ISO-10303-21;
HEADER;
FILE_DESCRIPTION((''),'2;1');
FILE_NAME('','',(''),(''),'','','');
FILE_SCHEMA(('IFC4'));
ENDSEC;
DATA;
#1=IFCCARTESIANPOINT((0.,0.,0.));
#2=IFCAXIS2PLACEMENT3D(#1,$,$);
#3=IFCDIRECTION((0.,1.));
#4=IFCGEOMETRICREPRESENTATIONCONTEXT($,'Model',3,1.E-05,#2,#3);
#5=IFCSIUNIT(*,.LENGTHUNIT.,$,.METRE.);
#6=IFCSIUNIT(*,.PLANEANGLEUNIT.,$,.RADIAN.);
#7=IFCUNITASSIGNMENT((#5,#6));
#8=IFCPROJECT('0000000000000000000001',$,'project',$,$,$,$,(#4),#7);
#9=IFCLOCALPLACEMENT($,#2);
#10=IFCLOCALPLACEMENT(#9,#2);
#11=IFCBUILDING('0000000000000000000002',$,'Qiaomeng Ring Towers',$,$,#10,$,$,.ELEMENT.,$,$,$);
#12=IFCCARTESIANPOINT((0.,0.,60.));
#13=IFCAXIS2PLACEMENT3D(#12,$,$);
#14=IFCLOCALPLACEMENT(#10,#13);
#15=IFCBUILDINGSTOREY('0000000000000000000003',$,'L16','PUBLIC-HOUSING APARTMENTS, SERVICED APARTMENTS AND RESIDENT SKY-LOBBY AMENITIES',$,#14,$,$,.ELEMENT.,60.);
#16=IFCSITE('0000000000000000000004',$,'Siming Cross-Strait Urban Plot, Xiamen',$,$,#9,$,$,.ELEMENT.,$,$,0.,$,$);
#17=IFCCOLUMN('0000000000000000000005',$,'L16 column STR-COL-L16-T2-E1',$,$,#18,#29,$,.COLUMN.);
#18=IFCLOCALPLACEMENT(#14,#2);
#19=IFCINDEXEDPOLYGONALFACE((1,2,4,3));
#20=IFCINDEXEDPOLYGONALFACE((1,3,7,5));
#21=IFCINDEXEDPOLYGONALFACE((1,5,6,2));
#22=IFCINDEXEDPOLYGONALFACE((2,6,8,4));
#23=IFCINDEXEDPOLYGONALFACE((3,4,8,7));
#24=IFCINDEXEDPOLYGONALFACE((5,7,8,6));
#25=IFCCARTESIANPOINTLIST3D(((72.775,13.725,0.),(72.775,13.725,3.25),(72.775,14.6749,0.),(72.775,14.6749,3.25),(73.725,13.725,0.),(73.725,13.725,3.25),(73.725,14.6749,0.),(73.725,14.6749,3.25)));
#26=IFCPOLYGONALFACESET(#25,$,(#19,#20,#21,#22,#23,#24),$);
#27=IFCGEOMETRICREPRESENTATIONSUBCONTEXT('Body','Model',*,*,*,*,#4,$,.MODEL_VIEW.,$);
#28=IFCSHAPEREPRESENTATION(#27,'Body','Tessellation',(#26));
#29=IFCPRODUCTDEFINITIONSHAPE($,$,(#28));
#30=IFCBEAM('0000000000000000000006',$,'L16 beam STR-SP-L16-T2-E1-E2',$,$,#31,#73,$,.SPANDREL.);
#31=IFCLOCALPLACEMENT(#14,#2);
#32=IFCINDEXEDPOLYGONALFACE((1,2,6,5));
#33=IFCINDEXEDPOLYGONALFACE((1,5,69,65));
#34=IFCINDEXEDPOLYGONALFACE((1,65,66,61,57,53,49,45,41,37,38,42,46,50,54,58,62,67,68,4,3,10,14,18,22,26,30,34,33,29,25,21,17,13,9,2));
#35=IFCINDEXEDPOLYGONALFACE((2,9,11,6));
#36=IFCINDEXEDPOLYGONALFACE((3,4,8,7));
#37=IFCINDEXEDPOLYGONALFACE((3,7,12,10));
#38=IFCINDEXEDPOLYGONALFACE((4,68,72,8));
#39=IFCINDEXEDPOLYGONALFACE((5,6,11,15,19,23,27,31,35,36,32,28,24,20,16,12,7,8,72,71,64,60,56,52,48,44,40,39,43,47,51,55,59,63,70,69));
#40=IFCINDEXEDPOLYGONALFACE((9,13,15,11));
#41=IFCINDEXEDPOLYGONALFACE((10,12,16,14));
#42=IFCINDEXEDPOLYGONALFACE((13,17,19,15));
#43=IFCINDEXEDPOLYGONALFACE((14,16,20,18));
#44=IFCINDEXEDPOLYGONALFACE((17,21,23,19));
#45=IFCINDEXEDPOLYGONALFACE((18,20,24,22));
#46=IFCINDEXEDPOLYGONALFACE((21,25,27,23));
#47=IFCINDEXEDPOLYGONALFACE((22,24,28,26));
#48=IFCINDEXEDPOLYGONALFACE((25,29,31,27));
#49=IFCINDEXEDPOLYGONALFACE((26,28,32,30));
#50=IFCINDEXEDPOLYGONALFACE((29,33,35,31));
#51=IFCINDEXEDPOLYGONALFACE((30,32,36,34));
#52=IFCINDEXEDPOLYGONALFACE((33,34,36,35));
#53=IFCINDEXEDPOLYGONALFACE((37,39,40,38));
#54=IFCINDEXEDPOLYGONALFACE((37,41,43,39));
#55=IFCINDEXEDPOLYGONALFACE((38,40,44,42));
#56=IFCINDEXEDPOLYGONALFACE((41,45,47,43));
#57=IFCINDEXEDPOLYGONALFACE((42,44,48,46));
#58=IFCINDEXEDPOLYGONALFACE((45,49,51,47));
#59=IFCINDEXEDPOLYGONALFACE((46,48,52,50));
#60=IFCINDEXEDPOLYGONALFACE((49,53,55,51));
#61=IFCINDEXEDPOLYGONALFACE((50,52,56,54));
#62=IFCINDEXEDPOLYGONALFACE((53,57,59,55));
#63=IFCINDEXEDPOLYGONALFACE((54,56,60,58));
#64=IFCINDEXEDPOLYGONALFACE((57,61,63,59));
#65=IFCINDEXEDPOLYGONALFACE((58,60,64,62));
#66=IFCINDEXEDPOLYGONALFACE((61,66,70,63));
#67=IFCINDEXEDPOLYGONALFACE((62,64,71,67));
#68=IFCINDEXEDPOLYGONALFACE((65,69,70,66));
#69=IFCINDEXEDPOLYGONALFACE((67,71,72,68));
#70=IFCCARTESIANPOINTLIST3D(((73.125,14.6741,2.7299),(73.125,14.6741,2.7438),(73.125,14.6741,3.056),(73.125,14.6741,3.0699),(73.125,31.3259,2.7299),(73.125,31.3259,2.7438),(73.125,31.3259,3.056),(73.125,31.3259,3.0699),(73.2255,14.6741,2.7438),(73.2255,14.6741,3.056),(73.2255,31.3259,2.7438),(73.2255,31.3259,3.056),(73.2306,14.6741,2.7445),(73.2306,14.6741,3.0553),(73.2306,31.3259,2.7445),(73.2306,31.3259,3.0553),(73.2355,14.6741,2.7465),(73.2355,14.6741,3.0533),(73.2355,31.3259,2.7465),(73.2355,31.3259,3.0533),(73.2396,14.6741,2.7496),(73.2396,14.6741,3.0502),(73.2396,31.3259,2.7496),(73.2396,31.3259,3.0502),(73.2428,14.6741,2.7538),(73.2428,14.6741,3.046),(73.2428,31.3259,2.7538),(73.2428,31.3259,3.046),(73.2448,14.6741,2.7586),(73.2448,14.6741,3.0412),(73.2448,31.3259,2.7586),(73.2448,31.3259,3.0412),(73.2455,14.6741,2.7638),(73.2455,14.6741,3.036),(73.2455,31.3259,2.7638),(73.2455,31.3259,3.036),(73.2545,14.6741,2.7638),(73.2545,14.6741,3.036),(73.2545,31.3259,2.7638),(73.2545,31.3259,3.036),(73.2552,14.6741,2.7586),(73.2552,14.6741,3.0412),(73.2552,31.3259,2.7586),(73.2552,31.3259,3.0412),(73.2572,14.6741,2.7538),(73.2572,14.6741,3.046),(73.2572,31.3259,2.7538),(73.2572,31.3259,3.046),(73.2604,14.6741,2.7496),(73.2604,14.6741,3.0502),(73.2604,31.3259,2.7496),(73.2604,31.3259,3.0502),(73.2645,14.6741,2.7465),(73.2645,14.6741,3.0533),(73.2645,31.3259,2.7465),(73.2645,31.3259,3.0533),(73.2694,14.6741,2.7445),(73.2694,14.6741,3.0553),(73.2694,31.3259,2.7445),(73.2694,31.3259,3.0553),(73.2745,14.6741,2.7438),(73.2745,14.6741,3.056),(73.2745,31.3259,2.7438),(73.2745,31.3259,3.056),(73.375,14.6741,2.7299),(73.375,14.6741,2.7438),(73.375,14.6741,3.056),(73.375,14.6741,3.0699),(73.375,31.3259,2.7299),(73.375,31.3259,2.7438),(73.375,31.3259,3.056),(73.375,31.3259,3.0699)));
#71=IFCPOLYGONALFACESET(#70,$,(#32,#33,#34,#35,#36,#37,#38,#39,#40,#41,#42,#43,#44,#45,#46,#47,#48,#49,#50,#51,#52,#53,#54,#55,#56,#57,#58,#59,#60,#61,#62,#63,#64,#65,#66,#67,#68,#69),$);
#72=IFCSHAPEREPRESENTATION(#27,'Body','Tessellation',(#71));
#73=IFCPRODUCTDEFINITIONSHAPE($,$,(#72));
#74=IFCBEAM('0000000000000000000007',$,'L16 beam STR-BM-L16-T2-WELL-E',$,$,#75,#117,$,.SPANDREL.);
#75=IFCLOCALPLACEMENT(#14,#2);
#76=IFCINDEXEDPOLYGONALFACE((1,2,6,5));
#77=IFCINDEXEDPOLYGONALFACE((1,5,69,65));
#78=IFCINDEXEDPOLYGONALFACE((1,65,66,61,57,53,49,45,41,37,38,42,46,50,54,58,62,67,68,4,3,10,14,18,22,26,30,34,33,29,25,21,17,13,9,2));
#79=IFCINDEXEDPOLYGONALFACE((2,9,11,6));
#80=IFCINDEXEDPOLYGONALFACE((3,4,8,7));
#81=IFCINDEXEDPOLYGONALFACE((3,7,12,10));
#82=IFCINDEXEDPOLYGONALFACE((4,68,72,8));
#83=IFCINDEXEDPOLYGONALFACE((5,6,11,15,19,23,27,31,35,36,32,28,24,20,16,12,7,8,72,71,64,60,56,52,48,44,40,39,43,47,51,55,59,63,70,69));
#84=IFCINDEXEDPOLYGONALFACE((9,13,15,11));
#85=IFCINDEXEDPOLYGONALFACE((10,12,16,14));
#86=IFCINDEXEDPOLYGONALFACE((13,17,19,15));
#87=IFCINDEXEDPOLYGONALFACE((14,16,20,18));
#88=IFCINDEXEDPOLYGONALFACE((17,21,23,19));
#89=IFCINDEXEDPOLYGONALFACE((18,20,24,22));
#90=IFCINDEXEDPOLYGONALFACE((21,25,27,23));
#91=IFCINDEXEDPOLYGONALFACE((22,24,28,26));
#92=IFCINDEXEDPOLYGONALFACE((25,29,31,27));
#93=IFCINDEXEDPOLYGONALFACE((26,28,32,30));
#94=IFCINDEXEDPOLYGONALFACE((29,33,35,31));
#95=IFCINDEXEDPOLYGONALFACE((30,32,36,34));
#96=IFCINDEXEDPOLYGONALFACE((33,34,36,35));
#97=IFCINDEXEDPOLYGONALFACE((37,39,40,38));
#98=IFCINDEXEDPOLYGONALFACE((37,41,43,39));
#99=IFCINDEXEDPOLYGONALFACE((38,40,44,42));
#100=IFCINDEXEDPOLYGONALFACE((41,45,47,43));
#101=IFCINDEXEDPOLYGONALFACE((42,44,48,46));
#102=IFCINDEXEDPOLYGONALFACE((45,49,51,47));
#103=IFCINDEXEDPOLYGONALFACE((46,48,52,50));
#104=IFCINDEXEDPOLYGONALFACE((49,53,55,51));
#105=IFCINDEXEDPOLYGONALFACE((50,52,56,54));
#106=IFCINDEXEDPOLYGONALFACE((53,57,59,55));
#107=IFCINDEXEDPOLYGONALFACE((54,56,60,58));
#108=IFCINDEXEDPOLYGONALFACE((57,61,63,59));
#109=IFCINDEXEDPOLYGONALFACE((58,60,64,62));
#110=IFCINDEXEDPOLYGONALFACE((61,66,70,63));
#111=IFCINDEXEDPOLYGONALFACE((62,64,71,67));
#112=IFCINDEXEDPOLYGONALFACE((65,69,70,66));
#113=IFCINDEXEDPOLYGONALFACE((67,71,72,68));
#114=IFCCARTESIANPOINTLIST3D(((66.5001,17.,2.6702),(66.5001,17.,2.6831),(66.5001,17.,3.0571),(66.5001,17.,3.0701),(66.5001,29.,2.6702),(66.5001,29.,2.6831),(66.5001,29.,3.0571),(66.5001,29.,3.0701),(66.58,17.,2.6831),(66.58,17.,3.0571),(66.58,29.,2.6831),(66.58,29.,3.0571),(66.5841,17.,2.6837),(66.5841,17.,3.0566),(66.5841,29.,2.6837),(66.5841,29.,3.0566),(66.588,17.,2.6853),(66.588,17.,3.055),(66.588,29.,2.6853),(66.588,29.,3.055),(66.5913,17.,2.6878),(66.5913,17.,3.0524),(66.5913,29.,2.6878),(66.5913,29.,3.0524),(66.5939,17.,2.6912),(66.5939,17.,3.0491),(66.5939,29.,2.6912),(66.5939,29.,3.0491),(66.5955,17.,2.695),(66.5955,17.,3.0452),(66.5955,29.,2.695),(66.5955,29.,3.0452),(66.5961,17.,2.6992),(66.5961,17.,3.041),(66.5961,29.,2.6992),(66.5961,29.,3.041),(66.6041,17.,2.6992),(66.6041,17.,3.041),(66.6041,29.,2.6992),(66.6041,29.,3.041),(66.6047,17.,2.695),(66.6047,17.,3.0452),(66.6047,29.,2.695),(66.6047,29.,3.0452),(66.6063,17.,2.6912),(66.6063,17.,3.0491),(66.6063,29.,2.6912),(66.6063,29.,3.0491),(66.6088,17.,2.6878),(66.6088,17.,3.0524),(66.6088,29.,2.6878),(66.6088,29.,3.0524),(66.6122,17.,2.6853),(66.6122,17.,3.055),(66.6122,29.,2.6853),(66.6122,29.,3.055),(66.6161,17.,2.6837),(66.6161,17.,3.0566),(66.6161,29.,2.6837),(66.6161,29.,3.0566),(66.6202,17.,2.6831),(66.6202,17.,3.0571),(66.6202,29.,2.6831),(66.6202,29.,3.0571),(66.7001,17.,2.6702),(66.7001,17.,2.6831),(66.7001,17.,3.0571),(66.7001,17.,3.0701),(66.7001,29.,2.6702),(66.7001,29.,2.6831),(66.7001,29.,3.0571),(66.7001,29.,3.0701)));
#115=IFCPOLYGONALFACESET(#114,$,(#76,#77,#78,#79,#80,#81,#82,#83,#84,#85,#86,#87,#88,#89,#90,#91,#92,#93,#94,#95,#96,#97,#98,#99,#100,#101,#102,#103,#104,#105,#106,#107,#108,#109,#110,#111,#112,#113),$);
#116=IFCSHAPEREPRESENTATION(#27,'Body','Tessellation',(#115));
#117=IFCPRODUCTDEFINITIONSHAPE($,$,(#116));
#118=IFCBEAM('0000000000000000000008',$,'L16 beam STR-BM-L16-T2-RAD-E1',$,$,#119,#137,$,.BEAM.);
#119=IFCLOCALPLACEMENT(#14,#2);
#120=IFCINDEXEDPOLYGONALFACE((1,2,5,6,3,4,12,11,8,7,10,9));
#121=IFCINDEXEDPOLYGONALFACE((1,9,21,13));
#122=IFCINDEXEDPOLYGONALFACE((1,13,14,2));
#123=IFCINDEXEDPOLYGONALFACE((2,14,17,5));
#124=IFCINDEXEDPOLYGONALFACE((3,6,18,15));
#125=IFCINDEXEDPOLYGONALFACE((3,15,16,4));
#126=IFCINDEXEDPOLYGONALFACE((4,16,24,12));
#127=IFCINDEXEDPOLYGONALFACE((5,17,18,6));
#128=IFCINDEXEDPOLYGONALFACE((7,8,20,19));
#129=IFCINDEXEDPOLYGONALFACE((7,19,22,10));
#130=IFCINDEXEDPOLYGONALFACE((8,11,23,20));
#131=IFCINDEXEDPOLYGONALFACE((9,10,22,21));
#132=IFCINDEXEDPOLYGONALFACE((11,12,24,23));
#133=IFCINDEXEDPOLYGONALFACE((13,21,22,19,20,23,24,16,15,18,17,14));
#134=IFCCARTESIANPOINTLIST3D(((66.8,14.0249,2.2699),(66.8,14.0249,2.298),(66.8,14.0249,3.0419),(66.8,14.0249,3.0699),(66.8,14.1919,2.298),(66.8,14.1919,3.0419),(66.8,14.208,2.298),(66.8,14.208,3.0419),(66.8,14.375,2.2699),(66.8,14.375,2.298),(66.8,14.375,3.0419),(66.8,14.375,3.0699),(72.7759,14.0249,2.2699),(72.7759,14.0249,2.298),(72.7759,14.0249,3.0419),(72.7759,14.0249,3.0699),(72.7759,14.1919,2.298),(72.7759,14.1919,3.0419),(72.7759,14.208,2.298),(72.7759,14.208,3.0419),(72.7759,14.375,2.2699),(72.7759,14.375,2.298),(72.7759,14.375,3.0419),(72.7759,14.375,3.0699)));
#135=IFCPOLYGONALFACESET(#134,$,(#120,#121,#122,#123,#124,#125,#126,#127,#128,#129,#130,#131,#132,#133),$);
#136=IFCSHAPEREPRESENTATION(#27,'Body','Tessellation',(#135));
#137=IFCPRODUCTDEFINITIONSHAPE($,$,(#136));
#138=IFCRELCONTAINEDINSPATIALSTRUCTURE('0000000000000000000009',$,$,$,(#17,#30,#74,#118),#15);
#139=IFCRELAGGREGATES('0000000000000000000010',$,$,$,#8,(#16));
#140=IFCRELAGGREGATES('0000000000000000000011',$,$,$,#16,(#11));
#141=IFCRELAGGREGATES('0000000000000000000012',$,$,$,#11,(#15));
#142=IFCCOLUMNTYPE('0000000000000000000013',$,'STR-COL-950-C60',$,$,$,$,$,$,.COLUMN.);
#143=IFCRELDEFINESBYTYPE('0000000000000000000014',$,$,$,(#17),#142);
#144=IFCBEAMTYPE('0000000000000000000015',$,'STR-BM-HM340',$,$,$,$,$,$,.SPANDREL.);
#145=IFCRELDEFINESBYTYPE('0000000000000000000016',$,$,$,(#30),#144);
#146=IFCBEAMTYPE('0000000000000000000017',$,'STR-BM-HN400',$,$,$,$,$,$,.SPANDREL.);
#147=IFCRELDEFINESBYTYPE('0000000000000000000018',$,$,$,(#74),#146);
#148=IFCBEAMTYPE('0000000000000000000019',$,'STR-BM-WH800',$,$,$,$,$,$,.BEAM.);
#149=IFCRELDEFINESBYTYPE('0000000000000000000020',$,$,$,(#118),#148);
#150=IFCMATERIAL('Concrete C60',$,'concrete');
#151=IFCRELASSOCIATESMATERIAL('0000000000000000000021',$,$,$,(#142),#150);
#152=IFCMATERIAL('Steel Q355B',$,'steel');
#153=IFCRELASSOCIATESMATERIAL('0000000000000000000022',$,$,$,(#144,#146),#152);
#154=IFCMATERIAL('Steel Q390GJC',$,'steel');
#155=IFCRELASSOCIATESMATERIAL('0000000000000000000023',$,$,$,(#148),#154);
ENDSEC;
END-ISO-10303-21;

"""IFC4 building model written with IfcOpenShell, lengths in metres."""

from ifc_helpers import new_model, si_unit, direction, frame, origin, origin_2d, place, context, subcontext, project, spatial, rectangle, i_section, extrude, source, transform, mapped, material, material_profile, profile_set, type_object, element, save


model = new_model("IFC4")

# Units and contexts
model_context = context("Model", 3, precision=1e-05, world=origin(), true_north=direction((0.0, 1.0)))
body_context = subcontext(model_context, "Body", "Model", "MODEL_VIEW")
ifc_project = project(units=[si_unit("LENGTHUNIT", "METRE"), si_unit("PLANEANGLEUNIT", "RADIAN")], contexts=[model_context])

# Site, building, storey
site_placement = place(None, origin())
site = spatial("IfcSite", under=ifc_project, at=site_placement, Name="Siming Cross-Strait Urban Plot, Xiamen", CompositionType="ELEMENT", RefElevation=0.0)
building_placement = place(site_placement, origin())
building = spatial("IfcBuilding", under=site, at=building_placement, Name="Qiaomeng Ring Towers", CompositionType="ELEMENT")
storey_placement = place(building_placement, frame((0.0, 0.0, 60.0)))
storey = spatial("IfcBuildingStorey", under=building, at=storey_placement, Name="L16", Description="PUBLIC-HOUSING APARTMENTS, SERVICED APARTMENTS AND RESIDENT SKY-LOBBY AMENITIES", CompositionType="ELEMENT", Elevation=60.0)

# Column
ifc_material_1 = material(Name="Concrete C60", Category="concrete")
ifc_material_profile_1 = material_profile(ifc_material_1, rectangle(XDim=0.95, YDim=0.95, at=origin_2d()), Name="RC COL 950x950")
ifc_profile_set_1 = profile_set([ifc_material_profile_1], Name="Concrete C60")
column_type = type_object("IfcColumnType", Name="STR-COL-950-C60", PredefinedType="COLUMN", material=ifc_profile_set_1)
shared_shape_1 = source(origin(), body_context, "Body", "SweptSolid", [
    extrude(rectangle(XDim=0.95, YDim=0.95, at=origin_2d()), origin(), (0.0, 0.0, 1.0), 3.25),
])
column_placement = place(storey_placement, frame((73.25, 14.2, 0.0), z_axis=(0.0, 0.0, 1.0), x_axis=(1.0, 0.0, 0.0)))
element("IfcColumn", 1, at=column_placement, inside=storey, type_object=column_type, Name="L16 column STR-COL-L16-T2-E1", PredefinedType="COLUMN", context=body_context, shape_type="MappedRepresentation", body=[
    mapped(shared_shape_1, transform((0.0, 0.0, 0.0), x_axis=(1.0, 0.0, 0.0), y_axis=(0.0, 1.0, 0.0), z_axis=(0.0, 0.0, 1.0), scale=1.0)),
])

# Beams
ifc_material_2 = material(Name="Steel Q355B", Category="steel")
ifc_material_profile_2 = material_profile(ifc_material_2, i_section(OverallWidth=0.25, OverallDepth=0.3401, WebThickness=0.009, FlangeThickness=0.0139, FilletRadius=0.02, at=origin_2d()), Name="HM 340x250x9x14")
ifc_profile_set_2 = profile_set([ifc_material_profile_2], Name="Steel Q355B")
beam_type_1 = type_object("IfcBeamType", Name="STR-BM-HM340", PredefinedType="SPANDREL", material=ifc_profile_set_2)
shared_shape_2 = source(origin(), body_context, "Body", "SweptSolid", [
    extrude(i_section(OverallWidth=0.25, OverallDepth=0.3401, WebThickness=0.009, FlangeThickness=0.0139, FilletRadius=0.02, at=origin_2d()), origin(), (0.0, 0.0, 1.0), 16.6519),
])
beam_1_placement = place(storey_placement, frame((73.25, 14.6741, 2.8999), z_axis=(0.0, 1.0, 0.0), x_axis=(-1.0, 0.0, 0.0)))
element("IfcBeam", 2, at=beam_1_placement, inside=storey, type_object=beam_type_1, Name="L16 beam STR-SP-L16-T2-E1-E2", PredefinedType="SPANDREL", context=body_context, shape_type="MappedRepresentation", body=[
    mapped(shared_shape_2, transform((0.0, 0.0, 0.0), x_axis=(1.0, 0.0, 0.0), y_axis=(0.0, 1.0, 0.0), z_axis=(0.0, 0.0, 1.0), scale=1.0)),
])
ifc_material_profile_3 = material_profile(ifc_material_2, i_section(OverallWidth=0.2, OverallDepth=0.3999, WebThickness=0.0081, FlangeThickness=0.0129, FilletRadius=0.0161, at=origin_2d()), Name="HN 400x200x8x13")
ifc_profile_set_3 = profile_set([ifc_material_profile_3], Name="Steel Q355B")
beam_type_2 = type_object("IfcBeamType", Name="STR-BM-HN400", PredefinedType="SPANDREL", material=ifc_profile_set_3)
shared_shape_3 = source(origin(), body_context, "Body", "SweptSolid", [
    extrude(i_section(OverallWidth=0.2, OverallDepth=0.3999, WebThickness=0.0081, FlangeThickness=0.0129, FilletRadius=0.0161, at=origin_2d()), origin(), (0.0, 0.0, 1.0), 12.0),
])
beam_2_placement = place(storey_placement, frame((66.6001, 17.0, 2.8701), z_axis=(0.0, 1.0, 0.0), x_axis=(-1.0, 0.0, 0.0)))
element("IfcBeam", 3, at=beam_2_placement, inside=storey, type_object=beam_type_2, Name="L16 beam STR-BM-L16-T2-WELL-E", PredefinedType="SPANDREL", context=body_context, shape_type="MappedRepresentation", body=[
    mapped(shared_shape_3, transform((0.0, 0.0, 0.0), x_axis=(1.0, 0.0, 0.0), y_axis=(0.0, 1.0, 0.0), z_axis=(0.0, 0.0, 1.0), scale=1.0)),
])
ifc_material_3 = material(Name="Steel Q390GJC", Category="steel")
ifc_material_profile_4 = material_profile(ifc_material_3, i_section(OverallWidth=0.3501, OverallDepth=0.8, WebThickness=0.0161, FlangeThickness=0.0281, at=origin_2d()), Name="WH 800x350x16x28")
ifc_profile_set_4 = profile_set([ifc_material_profile_4], Name="Steel Q390GJC")
beam_type_3 = type_object("IfcBeamType", Name="STR-BM-WH800", PredefinedType="BEAM", material=ifc_profile_set_4)
shared_shape_4 = source(origin(), body_context, "Body", "SweptSolid", [
    extrude(i_section(OverallWidth=0.3501, OverallDepth=0.8, WebThickness=0.0161, FlangeThickness=0.0281, at=origin_2d()), origin(), (0.0, 0.0, 1.0), 5.9758),
])
beam_3_placement = place(storey_placement, frame((66.8, 14.2, 2.6699), z_axis=(1.0, 0.0, 0.0), x_axis=(0.0, 1.0, 0.0)))
element("IfcBeam", 4, at=beam_3_placement, inside=storey, type_object=beam_type_3, Name="L16 beam STR-BM-L16-T2-RAD-E1", PredefinedType="BEAM", context=body_context, shape_type="MappedRepresentation", body=[
    mapped(shared_shape_4, transform((0.0, 0.0, 0.0), x_axis=(1.0, 0.0, 0.0), y_axis=(0.0, 1.0, 0.0), z_axis=(0.0, 0.0, 1.0), scale=1.0)),
])

save(model, "model.ifc")
